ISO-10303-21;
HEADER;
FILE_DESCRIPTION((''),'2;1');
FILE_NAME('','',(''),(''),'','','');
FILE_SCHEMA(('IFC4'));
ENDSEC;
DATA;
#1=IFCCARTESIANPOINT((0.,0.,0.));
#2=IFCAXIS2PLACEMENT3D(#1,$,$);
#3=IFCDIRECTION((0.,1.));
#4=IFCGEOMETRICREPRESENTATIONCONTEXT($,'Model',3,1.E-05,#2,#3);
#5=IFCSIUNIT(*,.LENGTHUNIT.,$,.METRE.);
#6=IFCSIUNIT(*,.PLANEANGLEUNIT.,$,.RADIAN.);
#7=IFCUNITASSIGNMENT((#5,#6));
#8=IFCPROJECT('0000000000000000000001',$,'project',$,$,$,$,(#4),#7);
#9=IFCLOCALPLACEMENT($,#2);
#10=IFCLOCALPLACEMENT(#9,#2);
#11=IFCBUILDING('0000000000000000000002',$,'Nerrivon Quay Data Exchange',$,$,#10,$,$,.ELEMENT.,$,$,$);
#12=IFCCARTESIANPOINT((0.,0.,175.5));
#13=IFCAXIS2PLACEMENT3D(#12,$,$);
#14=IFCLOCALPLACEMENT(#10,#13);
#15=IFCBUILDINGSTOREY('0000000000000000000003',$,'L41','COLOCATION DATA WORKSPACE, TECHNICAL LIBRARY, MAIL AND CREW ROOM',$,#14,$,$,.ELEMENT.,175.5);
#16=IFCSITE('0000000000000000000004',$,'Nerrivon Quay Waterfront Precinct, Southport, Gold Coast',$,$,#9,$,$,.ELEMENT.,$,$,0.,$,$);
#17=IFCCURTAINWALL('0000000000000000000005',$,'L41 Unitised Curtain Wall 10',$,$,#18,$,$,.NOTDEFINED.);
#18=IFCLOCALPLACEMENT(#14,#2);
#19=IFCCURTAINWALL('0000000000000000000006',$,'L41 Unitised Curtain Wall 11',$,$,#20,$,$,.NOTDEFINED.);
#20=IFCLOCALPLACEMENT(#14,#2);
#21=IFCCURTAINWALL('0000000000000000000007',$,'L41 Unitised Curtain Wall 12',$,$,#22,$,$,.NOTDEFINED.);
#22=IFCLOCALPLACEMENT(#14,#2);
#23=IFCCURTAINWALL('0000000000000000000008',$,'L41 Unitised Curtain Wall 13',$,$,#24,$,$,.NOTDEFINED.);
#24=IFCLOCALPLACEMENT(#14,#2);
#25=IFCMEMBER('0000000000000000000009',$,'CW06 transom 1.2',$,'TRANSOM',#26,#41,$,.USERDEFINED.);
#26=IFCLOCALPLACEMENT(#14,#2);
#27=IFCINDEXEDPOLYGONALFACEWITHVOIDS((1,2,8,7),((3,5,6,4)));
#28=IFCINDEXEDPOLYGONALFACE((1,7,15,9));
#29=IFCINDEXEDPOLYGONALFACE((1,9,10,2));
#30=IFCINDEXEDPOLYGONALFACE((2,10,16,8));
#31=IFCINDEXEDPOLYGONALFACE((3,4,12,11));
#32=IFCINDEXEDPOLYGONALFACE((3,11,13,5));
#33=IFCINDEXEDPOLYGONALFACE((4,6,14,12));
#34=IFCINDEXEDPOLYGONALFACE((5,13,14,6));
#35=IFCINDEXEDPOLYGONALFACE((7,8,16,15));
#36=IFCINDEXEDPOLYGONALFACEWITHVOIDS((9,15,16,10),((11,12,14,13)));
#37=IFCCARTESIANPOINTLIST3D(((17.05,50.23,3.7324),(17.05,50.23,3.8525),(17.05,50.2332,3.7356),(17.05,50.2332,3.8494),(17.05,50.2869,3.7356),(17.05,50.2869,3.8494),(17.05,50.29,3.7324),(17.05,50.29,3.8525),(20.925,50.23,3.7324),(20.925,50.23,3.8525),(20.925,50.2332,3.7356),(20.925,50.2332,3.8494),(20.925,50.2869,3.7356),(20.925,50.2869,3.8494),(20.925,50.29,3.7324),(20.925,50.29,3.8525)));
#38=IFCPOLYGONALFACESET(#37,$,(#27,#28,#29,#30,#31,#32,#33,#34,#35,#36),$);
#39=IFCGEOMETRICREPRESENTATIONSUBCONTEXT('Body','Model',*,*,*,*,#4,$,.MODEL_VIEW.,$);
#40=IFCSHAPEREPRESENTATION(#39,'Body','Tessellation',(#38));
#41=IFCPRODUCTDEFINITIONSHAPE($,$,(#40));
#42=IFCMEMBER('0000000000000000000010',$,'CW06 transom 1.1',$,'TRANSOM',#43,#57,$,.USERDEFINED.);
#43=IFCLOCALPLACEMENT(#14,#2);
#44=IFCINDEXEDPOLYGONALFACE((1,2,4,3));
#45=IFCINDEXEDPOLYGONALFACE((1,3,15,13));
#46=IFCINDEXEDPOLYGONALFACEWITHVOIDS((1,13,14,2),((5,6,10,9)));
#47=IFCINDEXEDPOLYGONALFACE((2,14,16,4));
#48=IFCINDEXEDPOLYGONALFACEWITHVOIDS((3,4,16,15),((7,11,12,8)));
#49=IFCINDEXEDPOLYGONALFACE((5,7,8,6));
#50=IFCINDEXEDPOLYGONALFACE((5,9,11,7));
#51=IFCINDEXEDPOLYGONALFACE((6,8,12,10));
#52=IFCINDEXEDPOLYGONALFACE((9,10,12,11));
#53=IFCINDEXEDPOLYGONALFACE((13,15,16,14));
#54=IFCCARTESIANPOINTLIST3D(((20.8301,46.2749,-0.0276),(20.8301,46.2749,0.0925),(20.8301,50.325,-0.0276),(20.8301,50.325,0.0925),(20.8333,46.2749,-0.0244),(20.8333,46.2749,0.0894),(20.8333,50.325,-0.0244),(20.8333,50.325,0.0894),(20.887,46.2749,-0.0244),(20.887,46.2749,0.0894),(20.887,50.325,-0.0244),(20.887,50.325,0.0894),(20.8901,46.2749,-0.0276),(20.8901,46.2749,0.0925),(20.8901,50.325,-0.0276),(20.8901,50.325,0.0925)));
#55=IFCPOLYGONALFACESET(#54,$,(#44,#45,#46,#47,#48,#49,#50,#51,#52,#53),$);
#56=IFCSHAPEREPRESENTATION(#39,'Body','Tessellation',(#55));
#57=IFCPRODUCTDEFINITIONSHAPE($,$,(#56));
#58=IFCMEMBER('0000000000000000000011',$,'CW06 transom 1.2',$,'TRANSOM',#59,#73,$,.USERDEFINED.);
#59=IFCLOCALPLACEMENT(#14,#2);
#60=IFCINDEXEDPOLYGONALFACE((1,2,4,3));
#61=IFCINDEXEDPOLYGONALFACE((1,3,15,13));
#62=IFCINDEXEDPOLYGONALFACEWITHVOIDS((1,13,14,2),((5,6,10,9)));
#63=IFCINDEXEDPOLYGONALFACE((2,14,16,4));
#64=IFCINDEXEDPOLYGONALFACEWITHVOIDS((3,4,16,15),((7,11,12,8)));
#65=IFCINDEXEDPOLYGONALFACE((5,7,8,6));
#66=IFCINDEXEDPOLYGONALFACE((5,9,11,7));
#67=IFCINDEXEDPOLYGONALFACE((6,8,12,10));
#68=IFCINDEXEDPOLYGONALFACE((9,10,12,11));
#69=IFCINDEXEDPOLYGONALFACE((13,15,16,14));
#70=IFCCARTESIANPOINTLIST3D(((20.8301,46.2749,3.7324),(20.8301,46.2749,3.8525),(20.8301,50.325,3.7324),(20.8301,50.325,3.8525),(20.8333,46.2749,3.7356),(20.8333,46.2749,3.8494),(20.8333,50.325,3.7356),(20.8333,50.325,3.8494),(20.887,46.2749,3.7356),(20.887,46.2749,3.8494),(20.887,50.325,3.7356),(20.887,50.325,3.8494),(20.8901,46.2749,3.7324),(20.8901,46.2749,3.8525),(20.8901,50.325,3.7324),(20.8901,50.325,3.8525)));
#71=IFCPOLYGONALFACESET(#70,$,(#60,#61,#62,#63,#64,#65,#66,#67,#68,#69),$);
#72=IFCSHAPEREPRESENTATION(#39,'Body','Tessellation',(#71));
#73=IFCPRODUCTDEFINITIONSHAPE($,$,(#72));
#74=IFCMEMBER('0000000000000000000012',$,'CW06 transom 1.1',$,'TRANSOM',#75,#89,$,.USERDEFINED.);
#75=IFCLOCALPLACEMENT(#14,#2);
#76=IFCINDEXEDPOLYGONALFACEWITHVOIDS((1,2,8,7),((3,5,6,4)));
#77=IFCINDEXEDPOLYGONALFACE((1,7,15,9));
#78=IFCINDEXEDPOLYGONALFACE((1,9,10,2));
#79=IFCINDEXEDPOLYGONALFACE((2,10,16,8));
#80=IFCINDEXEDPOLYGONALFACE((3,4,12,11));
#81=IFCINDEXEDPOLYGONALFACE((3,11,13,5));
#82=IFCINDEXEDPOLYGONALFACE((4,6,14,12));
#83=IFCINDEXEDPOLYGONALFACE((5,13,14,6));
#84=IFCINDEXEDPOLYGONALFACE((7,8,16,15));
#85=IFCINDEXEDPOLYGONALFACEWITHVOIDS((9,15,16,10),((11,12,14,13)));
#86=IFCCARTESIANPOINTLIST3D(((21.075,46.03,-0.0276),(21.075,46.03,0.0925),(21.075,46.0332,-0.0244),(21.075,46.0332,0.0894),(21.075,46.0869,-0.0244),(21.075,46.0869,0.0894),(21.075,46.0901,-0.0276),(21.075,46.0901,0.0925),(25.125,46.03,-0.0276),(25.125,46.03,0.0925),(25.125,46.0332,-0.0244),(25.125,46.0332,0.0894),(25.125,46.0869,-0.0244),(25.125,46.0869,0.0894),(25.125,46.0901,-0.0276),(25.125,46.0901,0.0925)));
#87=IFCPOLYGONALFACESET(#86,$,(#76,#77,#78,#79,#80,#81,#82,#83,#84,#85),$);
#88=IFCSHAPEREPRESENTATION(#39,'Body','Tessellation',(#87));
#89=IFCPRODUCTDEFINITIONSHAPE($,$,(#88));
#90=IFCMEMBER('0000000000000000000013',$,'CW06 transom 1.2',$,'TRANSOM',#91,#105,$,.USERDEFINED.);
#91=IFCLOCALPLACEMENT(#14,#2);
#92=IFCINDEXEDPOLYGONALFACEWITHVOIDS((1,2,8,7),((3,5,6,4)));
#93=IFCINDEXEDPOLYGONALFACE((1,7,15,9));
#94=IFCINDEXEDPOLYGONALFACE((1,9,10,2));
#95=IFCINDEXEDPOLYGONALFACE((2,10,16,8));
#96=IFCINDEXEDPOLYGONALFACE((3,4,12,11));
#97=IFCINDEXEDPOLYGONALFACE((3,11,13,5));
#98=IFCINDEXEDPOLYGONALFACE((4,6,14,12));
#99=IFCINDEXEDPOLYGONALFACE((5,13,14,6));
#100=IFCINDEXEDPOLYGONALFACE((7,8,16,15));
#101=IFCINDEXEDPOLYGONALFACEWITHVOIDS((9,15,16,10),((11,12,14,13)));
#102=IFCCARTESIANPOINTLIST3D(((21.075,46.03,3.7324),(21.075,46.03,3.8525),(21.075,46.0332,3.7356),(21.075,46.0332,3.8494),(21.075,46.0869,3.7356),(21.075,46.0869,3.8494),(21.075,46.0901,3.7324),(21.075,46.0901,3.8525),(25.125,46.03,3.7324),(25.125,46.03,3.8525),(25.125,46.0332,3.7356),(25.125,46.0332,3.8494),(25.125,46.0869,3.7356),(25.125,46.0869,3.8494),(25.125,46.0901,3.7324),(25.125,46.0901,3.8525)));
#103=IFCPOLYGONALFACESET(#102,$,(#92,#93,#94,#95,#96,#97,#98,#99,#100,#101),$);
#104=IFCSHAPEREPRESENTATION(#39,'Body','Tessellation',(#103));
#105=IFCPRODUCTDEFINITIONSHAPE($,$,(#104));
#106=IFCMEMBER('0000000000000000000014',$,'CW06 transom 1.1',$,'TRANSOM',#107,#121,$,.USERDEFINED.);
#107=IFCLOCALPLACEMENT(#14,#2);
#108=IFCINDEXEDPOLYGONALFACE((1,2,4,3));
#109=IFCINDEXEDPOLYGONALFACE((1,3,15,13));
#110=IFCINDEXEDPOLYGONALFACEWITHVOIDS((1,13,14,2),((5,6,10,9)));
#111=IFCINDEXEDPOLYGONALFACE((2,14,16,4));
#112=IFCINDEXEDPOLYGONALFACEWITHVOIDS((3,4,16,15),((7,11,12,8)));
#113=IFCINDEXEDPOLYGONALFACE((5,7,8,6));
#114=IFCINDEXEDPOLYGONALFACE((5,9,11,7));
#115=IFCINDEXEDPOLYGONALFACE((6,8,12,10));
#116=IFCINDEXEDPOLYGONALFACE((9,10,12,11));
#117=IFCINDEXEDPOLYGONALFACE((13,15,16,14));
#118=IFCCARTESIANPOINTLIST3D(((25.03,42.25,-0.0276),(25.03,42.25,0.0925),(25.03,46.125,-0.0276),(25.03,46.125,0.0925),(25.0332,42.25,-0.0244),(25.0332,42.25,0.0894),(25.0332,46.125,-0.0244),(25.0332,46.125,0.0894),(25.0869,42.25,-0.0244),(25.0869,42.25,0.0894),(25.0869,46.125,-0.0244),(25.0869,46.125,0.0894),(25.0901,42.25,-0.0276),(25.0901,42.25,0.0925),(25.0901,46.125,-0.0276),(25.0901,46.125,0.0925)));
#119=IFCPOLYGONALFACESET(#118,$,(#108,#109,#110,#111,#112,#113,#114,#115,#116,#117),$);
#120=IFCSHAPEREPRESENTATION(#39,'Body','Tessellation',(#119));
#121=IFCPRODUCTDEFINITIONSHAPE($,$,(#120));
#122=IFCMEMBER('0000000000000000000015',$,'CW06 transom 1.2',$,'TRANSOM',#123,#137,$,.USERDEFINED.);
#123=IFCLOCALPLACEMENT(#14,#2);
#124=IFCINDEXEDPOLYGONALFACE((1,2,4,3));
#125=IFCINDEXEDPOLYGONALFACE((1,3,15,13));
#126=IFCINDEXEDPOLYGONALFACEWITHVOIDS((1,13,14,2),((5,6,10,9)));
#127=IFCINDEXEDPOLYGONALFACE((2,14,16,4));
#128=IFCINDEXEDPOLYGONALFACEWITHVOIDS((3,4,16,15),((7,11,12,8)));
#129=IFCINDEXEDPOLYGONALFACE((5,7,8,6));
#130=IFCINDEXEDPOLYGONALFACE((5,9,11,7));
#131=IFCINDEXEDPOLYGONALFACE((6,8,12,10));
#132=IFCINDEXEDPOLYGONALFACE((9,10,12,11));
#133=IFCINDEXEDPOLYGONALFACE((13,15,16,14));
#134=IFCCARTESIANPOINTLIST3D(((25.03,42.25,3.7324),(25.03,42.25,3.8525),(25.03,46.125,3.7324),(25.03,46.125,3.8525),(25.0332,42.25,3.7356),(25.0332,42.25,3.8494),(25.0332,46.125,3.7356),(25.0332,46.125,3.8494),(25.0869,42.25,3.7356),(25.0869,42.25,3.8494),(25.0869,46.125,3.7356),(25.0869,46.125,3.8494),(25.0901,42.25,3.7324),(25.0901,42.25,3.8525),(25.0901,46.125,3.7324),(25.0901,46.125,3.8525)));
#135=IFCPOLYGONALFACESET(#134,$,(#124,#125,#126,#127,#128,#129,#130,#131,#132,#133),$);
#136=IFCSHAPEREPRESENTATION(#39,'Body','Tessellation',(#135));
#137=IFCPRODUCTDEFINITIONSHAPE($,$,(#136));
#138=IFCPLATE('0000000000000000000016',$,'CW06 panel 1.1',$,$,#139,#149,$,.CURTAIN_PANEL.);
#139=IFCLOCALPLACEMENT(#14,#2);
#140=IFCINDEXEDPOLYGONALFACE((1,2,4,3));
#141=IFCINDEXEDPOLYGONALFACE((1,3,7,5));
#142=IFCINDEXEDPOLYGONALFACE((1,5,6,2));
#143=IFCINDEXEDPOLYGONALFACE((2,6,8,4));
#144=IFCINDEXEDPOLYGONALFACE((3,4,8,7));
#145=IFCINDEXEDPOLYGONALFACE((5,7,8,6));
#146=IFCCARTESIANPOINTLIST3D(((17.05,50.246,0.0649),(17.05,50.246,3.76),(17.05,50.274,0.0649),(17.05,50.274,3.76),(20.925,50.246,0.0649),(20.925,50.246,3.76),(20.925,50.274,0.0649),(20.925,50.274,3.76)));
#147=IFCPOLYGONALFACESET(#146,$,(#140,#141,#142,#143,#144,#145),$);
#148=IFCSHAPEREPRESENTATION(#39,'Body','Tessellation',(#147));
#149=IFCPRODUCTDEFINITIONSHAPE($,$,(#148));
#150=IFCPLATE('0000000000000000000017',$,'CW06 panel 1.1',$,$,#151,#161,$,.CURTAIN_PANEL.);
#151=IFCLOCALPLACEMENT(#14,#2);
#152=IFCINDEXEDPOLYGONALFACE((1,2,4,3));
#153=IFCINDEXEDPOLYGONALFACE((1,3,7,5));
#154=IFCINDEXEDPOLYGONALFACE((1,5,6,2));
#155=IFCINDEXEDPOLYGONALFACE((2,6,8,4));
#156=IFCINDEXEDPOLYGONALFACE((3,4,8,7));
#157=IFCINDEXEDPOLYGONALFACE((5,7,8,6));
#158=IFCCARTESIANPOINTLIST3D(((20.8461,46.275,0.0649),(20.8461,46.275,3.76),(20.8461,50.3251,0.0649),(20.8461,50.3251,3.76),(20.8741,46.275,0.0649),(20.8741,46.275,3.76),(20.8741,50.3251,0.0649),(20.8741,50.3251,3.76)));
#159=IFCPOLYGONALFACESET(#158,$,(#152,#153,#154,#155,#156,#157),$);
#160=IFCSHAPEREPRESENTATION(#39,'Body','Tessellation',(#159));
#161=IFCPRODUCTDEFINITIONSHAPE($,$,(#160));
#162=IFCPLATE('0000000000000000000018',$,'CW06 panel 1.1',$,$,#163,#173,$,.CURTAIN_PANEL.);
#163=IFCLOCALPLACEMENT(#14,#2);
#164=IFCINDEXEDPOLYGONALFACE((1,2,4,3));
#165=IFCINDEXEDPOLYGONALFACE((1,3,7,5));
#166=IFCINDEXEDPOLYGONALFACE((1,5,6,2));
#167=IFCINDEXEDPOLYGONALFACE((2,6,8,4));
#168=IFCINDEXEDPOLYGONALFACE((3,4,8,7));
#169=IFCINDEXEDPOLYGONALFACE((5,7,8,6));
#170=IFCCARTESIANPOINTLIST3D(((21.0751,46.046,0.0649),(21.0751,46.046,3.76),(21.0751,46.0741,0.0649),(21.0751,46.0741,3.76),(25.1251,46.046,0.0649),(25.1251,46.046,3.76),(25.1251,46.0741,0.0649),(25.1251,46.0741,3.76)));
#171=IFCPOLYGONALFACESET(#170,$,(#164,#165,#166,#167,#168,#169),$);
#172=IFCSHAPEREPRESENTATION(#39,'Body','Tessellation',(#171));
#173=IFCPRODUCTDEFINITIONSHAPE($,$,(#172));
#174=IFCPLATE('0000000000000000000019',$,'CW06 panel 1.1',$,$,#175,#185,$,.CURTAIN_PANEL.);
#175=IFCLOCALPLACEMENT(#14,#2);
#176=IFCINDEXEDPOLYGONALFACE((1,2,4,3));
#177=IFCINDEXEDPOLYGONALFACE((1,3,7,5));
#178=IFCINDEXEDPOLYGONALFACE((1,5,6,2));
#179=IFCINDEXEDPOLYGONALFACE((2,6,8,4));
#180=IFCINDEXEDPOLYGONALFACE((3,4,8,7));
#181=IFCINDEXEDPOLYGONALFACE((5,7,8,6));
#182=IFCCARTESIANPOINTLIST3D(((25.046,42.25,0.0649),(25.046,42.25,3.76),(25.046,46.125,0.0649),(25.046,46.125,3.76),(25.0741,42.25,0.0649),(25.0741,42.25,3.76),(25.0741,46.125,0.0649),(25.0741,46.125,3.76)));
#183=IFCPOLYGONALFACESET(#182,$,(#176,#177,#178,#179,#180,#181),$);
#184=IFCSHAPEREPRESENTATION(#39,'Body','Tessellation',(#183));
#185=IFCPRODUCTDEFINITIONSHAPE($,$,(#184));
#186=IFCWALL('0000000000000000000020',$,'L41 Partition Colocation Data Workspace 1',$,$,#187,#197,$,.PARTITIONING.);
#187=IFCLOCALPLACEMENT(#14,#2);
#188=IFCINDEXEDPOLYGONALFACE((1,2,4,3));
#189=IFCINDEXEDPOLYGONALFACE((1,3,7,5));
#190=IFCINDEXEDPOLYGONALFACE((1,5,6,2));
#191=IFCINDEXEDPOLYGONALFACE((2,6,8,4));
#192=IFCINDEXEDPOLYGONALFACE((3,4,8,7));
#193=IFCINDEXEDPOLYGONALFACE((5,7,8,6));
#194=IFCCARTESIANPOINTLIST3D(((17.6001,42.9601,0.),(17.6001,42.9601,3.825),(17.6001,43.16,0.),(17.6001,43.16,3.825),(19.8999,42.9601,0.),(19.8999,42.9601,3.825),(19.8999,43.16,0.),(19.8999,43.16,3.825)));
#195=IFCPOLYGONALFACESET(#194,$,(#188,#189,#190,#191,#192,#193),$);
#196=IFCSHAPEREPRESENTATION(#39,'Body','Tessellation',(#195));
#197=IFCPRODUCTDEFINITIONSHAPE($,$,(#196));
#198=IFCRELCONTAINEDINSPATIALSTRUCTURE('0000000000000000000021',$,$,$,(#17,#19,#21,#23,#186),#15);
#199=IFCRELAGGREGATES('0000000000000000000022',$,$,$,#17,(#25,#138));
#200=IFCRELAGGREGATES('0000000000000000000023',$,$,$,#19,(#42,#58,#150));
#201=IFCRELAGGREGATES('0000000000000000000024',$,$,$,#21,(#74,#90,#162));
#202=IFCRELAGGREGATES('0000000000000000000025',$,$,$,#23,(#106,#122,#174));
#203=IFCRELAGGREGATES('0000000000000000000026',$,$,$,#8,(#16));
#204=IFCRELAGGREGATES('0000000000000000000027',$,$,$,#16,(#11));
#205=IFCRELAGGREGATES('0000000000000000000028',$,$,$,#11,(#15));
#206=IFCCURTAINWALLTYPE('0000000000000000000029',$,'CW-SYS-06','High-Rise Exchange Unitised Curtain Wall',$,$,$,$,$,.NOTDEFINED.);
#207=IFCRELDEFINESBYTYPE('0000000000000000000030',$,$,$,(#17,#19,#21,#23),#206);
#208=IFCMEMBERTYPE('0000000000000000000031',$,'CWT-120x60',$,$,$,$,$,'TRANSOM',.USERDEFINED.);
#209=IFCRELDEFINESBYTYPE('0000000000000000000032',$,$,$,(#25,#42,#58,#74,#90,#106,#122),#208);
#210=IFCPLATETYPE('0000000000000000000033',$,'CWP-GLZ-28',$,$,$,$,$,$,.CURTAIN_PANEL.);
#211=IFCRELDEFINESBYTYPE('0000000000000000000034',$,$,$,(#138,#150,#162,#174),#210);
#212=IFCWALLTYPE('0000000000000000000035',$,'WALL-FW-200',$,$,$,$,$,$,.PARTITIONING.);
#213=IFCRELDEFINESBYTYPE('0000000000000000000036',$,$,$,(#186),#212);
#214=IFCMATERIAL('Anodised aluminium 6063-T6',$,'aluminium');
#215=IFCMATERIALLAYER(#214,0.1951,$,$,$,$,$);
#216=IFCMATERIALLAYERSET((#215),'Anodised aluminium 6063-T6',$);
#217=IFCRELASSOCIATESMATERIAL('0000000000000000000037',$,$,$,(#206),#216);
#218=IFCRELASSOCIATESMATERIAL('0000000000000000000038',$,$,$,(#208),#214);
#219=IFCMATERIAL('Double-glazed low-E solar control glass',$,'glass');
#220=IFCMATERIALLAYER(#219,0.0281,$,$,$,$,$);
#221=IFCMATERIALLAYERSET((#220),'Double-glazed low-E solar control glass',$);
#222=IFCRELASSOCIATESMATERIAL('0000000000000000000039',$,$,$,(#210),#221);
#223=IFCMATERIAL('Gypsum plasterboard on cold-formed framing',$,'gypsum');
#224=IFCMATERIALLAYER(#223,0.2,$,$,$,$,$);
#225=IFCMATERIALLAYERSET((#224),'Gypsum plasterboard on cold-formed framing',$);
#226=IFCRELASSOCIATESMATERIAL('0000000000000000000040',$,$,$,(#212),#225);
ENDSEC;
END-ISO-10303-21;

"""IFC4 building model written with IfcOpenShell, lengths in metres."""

from ifc_helpers import new_model, si_unit, direction, frame, frame_2d, origin, origin_2d, place, context, subcontext, project, spatial, rectangle, hollow_rectangle, extrude, material, layer, layer_set, material_profile, profile_set, type_object, element, aggregate, save


model = new_model("IFC4")

# Units and contexts
model_context = context("Model", 3, precision=1e-05, world=origin(), true_north=direction((0.0, 1.0)))
body_context = subcontext(model_context, "Body", "Model", "MODEL_VIEW")
ifc_project = project(units=[si_unit("LENGTHUNIT", "METRE"), si_unit("PLANEANGLEUNIT", "RADIAN")], contexts=[model_context])

# Site, building, storey
site_placement = place(None, origin())
site = spatial("IfcSite", under=ifc_project, at=site_placement, Name="Nerrivon Quay Waterfront Precinct, Southport, Gold Coast", CompositionType="ELEMENT", RefElevation=0.0)
building_placement = place(site_placement, origin())
building = spatial("IfcBuilding", under=site, at=building_placement, Name="Nerrivon Quay Data Exchange", CompositionType="ELEMENT")
storey_placement = place(building_placement, frame((0.0, 0.0, 175.5)))
storey = spatial("IfcBuildingStorey", under=building, at=storey_placement, Name="L41", Description="COLOCATION DATA WORKSPACE, TECHNICAL LIBRARY, MAIL AND CREW ROOM", CompositionType="ELEMENT", Elevation=175.5)

# Shared definitions
ifc_material_1 = material(Name="Anodised aluminium 6063-T6", Category="aluminium")
ifc_layer_1 = layer(ifc_material_1, 0.1951)
ifc_layer_set_1 = layer_set([ifc_layer_1], Name="Anodised aluminium 6063-T6")
curtain_wall_type = type_object("IfcCurtainWallType", Name="CW-SYS-06", Description="High-Rise Exchange Unitised Curtain Wall", PredefinedType="NOTDEFINED", material=ifc_layer_set_1)

# Curtain walls
curtain_wall_1_placement = place(storey_placement, origin())
curtain_wall_1 = element("IfcCurtainWall", 1, at=curtain_wall_1_placement, inside=storey, type_object=curtain_wall_type, Name="L41 Unitised Curtain Wall 10", PredefinedType="NOTDEFINED")
curtain_wall_2_placement = place(storey_placement, origin())
curtain_wall_2 = element("IfcCurtainWall", 2, at=curtain_wall_2_placement, inside=storey, type_object=curtain_wall_type, Name="L41 Unitised Curtain Wall 11", PredefinedType="NOTDEFINED")
curtain_wall_3_placement = place(storey_placement, origin())
curtain_wall_3 = element("IfcCurtainWall", 3, at=curtain_wall_3_placement, inside=storey, type_object=curtain_wall_type, Name="L41 Unitised Curtain Wall 12", PredefinedType="NOTDEFINED")

# Curtain wall
curtain_wall_4_placement = place(storey_placement, origin())
curtain_wall_4 = element("IfcCurtainWall", 4, at=curtain_wall_4_placement, inside=storey, type_object=curtain_wall_type, Name="L41 Unitised Curtain Wall 13", PredefinedType="NOTDEFINED")

# Members
ifc_material_profile_1 = material_profile(ifc_material_1, hollow_rectangle(XDim=0.0601, YDim=0.1201, WallThickness=0.0032, at=origin_2d()), Name="ALU-TRAN-120x60")
ifc_profile_set_1 = profile_set([ifc_material_profile_1], Name="Anodised aluminium 6063-T6")
member_type_1 = type_object("IfcMemberType", Name="CWT-120x60", ElementType="TRANSOM", PredefinedType="USERDEFINED", material=ifc_profile_set_1)
member_1_placement = place(storey_placement, frame((17.05, 50.26, 3.7925), z_axis=(1.0, 0.0, 0.0), x_axis=(0.0, 1.0, 0.0)))
member_1 = element("IfcMember", 5, at=member_1_placement, type_object=member_type_1, Name="CW06 transom 1.2", ObjectType="TRANSOM", PredefinedType="USERDEFINED", context=body_context, shape_type="SweptSolid", body=[
    extrude(hollow_rectangle(XDim=0.0601, YDim=0.1201, WallThickness=0.0032, at=origin_2d()), origin(), (0.0, 0.0, 1.0), 3.875),
])
member_2_placement = place(storey_placement, frame((20.8601, 50.325, 0.0325), z_axis=(0.0, -1.0, 0.0), x_axis=(1.0, 0.0, 0.0)))
member_2 = element("IfcMember", 6, at=member_2_placement, type_object=member_type_1, Name="CW06 transom 1.1", ObjectType="TRANSOM", PredefinedType="USERDEFINED", context=body_context, shape_type="SweptSolid", body=[
    extrude(hollow_rectangle(XDim=0.0601, YDim=0.1201, WallThickness=0.0032, at=origin_2d()), origin(), (0.0, 0.0, 1.0), 4.05),
])
member_3_placement = place(storey_placement, frame((20.8601, 50.325, 3.7925), z_axis=(0.0, -1.0, 0.0), x_axis=(1.0, 0.0, 0.0)))
member_3 = element("IfcMember", 7, at=member_3_placement, type_object=member_type_1, Name="CW06 transom 1.2", ObjectType="TRANSOM", PredefinedType="USERDEFINED", context=body_context, shape_type="SweptSolid", body=[
    extrude(hollow_rectangle(XDim=0.0601, YDim=0.1201, WallThickness=0.0032, at=origin_2d()), origin(), (0.0, 0.0, 1.0), 4.05),
])
member_4_placement = place(storey_placement, frame((21.075, 46.0601, 0.0325), z_axis=(1.0, 0.0, 0.0), x_axis=(0.0, 1.0, 0.0)))
member_4 = element("IfcMember", 8, at=member_4_placement, type_object=member_type_1, Name="CW06 transom 1.1", ObjectType="TRANSOM", PredefinedType="USERDEFINED", context=body_context, shape_type="SweptSolid", body=[
    extrude(hollow_rectangle(XDim=0.0601, YDim=0.1201, WallThickness=0.0032, at=origin_2d()), origin(), (0.0, 0.0, 1.0), 4.05),
])
member_5_placement = place(storey_placement, frame((21.075, 46.0601, 3.7925), z_axis=(1.0, 0.0, 0.0), x_axis=(0.0, 1.0, 0.0)))
member_5 = element("IfcMember", 9, at=member_5_placement, type_object=member_type_1, Name="CW06 transom 1.2", ObjectType="TRANSOM", PredefinedType="USERDEFINED", context=body_context, shape_type="SweptSolid", body=[
    extrude(hollow_rectangle(XDim=0.0601, YDim=0.1201, WallThickness=0.0032, at=origin_2d()), origin(), (0.0, 0.0, 1.0), 4.05),
])
member_6_placement = place(storey_placement, frame((25.0601, 46.125, 0.0325), z_axis=(0.0, -1.0, 0.0), x_axis=(1.0, 0.0, 0.0)))
member_6 = element("IfcMember", 10, at=member_6_placement, type_object=member_type_1, Name="CW06 transom 1.1", ObjectType="TRANSOM", PredefinedType="USERDEFINED", context=body_context, shape_type="SweptSolid", body=[
    extrude(hollow_rectangle(XDim=0.0601, YDim=0.1201, WallThickness=0.0032, at=origin_2d()), origin(), (0.0, 0.0, 1.0), 3.875),
])
member_7_placement = place(storey_placement, frame((25.0601, 46.125, 3.7925), z_axis=(0.0, -1.0, 0.0), x_axis=(1.0, 0.0, 0.0)))
member_7 = element("IfcMember", 11, at=member_7_placement, type_object=member_type_1, Name="CW06 transom 1.2", ObjectType="TRANSOM", PredefinedType="USERDEFINED", context=body_context, shape_type="SweptSolid", body=[
    extrude(hollow_rectangle(XDim=0.0601, YDim=0.1201, WallThickness=0.0032, at=origin_2d()), origin(), (0.0, 0.0, 1.0), 3.875),
])

# Plates
ifc_material_2 = material(Name="Double-glazed low-E solar control glass", Category="glass")
ifc_layer_2 = layer(ifc_material_2, 0.0281)
ifc_layer_set_2 = layer_set([ifc_layer_2], Name="Double-glazed low-E solar control glass")
plate_type = type_object("IfcPlateType", Name="CWP-GLZ-28", PredefinedType="CURTAIN_PANEL", material=ifc_layer_set_2)
plate_1_placement = place(storey_placement, frame((18.9875, 50.26, 0.0649), z_axis=(0.0, 0.0, 1.0), x_axis=(1.0, 0.0, 0.0)))
plate_1 = element("IfcPlate", 12, at=plate_1_placement, type_object=plate_type, Name="CW06 panel 1.1", PredefinedType="CURTAIN_PANEL", context=body_context, shape_type="SweptSolid", body=[
    extrude(rectangle(XDim=3.875, YDim=0.0281, at=origin_2d()), origin(), (0.0, 0.0, 1.0), 3.6951),
])
aggregate(curtain_wall_1, [member_1, plate_1])
plate_2_placement = place(storey_placement, frame((20.8601, 48.3, 0.0649), z_axis=(0.0, 0.0, 1.0), x_axis=(0.0, -1.0, 0.0)))
plate_2 = element("IfcPlate", 13, at=plate_2_placement, type_object=plate_type, Name="CW06 panel 1.1", PredefinedType="CURTAIN_PANEL", context=body_context, shape_type="SweptSolid", body=[
    extrude(rectangle(XDim=4.05, YDim=0.0281, at=origin_2d()), origin(), (0.0, 0.0, 1.0), 3.6951),
])
aggregate(curtain_wall_2, [member_2, member_3, plate_2])
plate_3_placement = place(storey_placement, frame((23.1001, 46.0601, 0.0649), z_axis=(0.0, 0.0, 1.0), x_axis=(1.0, 0.0, 0.0)))
plate_3 = element("IfcPlate", 14, at=plate_3_placement, type_object=plate_type, Name="CW06 panel 1.1", PredefinedType="CURTAIN_PANEL", context=body_context, shape_type="SweptSolid", body=[
    extrude(rectangle(XDim=4.05, YDim=0.0281, at=origin_2d()), origin(), (0.0, 0.0, 1.0), 3.6951),
])
aggregate(curtain_wall_3, [member_4, member_5, plate_3])
plate_4_placement = place(storey_placement, frame((25.0601, 44.1875, 0.0649), z_axis=(0.0, 0.0, 1.0), x_axis=(0.0, -1.0, 0.0)))
plate_4 = element("IfcPlate", 15, at=plate_4_placement, type_object=plate_type, Name="CW06 panel 1.1", PredefinedType="CURTAIN_PANEL", context=body_context, shape_type="SweptSolid", body=[
    extrude(rectangle(XDim=3.875, YDim=0.0281, at=origin_2d()), origin(), (0.0, 0.0, 1.0), 3.6951),
])
aggregate(curtain_wall_4, [member_6, member_7, plate_4])

# Wall
ifc_material_3 = material(Name="Gypsum plasterboard on cold-formed framing", Category="gypsum")
ifc_layer_3 = layer(ifc_material_3, 0.2)
ifc_layer_set_3 = layer_set([ifc_layer_3], Name="Gypsum plasterboard on cold-formed framing")
wall_type = type_object("IfcWallType", Name="WALL-FW-200", PredefinedType="PARTITIONING", material=ifc_layer_set_3)
wall_placement = place(storey_placement, frame((17.6001, 43.0601, 0.0), z_axis=(0.0, 0.0, 1.0), x_axis=(1.0, 0.0, 0.0)))
element("IfcWall", 16, at=wall_placement, inside=storey, type_object=wall_type, Name="L41 Partition Colocation Data Workspace 1", PredefinedType="PARTITIONING", context=body_context, shape_type="SweptSolid", body=[
    extrude(rectangle(XDim=2.2998, YDim=0.2, at=frame_2d((1.1499, 0.0))), origin(), (0.0, 0.0, 1.0), 3.825),
])

save(model, "model.ifc")
